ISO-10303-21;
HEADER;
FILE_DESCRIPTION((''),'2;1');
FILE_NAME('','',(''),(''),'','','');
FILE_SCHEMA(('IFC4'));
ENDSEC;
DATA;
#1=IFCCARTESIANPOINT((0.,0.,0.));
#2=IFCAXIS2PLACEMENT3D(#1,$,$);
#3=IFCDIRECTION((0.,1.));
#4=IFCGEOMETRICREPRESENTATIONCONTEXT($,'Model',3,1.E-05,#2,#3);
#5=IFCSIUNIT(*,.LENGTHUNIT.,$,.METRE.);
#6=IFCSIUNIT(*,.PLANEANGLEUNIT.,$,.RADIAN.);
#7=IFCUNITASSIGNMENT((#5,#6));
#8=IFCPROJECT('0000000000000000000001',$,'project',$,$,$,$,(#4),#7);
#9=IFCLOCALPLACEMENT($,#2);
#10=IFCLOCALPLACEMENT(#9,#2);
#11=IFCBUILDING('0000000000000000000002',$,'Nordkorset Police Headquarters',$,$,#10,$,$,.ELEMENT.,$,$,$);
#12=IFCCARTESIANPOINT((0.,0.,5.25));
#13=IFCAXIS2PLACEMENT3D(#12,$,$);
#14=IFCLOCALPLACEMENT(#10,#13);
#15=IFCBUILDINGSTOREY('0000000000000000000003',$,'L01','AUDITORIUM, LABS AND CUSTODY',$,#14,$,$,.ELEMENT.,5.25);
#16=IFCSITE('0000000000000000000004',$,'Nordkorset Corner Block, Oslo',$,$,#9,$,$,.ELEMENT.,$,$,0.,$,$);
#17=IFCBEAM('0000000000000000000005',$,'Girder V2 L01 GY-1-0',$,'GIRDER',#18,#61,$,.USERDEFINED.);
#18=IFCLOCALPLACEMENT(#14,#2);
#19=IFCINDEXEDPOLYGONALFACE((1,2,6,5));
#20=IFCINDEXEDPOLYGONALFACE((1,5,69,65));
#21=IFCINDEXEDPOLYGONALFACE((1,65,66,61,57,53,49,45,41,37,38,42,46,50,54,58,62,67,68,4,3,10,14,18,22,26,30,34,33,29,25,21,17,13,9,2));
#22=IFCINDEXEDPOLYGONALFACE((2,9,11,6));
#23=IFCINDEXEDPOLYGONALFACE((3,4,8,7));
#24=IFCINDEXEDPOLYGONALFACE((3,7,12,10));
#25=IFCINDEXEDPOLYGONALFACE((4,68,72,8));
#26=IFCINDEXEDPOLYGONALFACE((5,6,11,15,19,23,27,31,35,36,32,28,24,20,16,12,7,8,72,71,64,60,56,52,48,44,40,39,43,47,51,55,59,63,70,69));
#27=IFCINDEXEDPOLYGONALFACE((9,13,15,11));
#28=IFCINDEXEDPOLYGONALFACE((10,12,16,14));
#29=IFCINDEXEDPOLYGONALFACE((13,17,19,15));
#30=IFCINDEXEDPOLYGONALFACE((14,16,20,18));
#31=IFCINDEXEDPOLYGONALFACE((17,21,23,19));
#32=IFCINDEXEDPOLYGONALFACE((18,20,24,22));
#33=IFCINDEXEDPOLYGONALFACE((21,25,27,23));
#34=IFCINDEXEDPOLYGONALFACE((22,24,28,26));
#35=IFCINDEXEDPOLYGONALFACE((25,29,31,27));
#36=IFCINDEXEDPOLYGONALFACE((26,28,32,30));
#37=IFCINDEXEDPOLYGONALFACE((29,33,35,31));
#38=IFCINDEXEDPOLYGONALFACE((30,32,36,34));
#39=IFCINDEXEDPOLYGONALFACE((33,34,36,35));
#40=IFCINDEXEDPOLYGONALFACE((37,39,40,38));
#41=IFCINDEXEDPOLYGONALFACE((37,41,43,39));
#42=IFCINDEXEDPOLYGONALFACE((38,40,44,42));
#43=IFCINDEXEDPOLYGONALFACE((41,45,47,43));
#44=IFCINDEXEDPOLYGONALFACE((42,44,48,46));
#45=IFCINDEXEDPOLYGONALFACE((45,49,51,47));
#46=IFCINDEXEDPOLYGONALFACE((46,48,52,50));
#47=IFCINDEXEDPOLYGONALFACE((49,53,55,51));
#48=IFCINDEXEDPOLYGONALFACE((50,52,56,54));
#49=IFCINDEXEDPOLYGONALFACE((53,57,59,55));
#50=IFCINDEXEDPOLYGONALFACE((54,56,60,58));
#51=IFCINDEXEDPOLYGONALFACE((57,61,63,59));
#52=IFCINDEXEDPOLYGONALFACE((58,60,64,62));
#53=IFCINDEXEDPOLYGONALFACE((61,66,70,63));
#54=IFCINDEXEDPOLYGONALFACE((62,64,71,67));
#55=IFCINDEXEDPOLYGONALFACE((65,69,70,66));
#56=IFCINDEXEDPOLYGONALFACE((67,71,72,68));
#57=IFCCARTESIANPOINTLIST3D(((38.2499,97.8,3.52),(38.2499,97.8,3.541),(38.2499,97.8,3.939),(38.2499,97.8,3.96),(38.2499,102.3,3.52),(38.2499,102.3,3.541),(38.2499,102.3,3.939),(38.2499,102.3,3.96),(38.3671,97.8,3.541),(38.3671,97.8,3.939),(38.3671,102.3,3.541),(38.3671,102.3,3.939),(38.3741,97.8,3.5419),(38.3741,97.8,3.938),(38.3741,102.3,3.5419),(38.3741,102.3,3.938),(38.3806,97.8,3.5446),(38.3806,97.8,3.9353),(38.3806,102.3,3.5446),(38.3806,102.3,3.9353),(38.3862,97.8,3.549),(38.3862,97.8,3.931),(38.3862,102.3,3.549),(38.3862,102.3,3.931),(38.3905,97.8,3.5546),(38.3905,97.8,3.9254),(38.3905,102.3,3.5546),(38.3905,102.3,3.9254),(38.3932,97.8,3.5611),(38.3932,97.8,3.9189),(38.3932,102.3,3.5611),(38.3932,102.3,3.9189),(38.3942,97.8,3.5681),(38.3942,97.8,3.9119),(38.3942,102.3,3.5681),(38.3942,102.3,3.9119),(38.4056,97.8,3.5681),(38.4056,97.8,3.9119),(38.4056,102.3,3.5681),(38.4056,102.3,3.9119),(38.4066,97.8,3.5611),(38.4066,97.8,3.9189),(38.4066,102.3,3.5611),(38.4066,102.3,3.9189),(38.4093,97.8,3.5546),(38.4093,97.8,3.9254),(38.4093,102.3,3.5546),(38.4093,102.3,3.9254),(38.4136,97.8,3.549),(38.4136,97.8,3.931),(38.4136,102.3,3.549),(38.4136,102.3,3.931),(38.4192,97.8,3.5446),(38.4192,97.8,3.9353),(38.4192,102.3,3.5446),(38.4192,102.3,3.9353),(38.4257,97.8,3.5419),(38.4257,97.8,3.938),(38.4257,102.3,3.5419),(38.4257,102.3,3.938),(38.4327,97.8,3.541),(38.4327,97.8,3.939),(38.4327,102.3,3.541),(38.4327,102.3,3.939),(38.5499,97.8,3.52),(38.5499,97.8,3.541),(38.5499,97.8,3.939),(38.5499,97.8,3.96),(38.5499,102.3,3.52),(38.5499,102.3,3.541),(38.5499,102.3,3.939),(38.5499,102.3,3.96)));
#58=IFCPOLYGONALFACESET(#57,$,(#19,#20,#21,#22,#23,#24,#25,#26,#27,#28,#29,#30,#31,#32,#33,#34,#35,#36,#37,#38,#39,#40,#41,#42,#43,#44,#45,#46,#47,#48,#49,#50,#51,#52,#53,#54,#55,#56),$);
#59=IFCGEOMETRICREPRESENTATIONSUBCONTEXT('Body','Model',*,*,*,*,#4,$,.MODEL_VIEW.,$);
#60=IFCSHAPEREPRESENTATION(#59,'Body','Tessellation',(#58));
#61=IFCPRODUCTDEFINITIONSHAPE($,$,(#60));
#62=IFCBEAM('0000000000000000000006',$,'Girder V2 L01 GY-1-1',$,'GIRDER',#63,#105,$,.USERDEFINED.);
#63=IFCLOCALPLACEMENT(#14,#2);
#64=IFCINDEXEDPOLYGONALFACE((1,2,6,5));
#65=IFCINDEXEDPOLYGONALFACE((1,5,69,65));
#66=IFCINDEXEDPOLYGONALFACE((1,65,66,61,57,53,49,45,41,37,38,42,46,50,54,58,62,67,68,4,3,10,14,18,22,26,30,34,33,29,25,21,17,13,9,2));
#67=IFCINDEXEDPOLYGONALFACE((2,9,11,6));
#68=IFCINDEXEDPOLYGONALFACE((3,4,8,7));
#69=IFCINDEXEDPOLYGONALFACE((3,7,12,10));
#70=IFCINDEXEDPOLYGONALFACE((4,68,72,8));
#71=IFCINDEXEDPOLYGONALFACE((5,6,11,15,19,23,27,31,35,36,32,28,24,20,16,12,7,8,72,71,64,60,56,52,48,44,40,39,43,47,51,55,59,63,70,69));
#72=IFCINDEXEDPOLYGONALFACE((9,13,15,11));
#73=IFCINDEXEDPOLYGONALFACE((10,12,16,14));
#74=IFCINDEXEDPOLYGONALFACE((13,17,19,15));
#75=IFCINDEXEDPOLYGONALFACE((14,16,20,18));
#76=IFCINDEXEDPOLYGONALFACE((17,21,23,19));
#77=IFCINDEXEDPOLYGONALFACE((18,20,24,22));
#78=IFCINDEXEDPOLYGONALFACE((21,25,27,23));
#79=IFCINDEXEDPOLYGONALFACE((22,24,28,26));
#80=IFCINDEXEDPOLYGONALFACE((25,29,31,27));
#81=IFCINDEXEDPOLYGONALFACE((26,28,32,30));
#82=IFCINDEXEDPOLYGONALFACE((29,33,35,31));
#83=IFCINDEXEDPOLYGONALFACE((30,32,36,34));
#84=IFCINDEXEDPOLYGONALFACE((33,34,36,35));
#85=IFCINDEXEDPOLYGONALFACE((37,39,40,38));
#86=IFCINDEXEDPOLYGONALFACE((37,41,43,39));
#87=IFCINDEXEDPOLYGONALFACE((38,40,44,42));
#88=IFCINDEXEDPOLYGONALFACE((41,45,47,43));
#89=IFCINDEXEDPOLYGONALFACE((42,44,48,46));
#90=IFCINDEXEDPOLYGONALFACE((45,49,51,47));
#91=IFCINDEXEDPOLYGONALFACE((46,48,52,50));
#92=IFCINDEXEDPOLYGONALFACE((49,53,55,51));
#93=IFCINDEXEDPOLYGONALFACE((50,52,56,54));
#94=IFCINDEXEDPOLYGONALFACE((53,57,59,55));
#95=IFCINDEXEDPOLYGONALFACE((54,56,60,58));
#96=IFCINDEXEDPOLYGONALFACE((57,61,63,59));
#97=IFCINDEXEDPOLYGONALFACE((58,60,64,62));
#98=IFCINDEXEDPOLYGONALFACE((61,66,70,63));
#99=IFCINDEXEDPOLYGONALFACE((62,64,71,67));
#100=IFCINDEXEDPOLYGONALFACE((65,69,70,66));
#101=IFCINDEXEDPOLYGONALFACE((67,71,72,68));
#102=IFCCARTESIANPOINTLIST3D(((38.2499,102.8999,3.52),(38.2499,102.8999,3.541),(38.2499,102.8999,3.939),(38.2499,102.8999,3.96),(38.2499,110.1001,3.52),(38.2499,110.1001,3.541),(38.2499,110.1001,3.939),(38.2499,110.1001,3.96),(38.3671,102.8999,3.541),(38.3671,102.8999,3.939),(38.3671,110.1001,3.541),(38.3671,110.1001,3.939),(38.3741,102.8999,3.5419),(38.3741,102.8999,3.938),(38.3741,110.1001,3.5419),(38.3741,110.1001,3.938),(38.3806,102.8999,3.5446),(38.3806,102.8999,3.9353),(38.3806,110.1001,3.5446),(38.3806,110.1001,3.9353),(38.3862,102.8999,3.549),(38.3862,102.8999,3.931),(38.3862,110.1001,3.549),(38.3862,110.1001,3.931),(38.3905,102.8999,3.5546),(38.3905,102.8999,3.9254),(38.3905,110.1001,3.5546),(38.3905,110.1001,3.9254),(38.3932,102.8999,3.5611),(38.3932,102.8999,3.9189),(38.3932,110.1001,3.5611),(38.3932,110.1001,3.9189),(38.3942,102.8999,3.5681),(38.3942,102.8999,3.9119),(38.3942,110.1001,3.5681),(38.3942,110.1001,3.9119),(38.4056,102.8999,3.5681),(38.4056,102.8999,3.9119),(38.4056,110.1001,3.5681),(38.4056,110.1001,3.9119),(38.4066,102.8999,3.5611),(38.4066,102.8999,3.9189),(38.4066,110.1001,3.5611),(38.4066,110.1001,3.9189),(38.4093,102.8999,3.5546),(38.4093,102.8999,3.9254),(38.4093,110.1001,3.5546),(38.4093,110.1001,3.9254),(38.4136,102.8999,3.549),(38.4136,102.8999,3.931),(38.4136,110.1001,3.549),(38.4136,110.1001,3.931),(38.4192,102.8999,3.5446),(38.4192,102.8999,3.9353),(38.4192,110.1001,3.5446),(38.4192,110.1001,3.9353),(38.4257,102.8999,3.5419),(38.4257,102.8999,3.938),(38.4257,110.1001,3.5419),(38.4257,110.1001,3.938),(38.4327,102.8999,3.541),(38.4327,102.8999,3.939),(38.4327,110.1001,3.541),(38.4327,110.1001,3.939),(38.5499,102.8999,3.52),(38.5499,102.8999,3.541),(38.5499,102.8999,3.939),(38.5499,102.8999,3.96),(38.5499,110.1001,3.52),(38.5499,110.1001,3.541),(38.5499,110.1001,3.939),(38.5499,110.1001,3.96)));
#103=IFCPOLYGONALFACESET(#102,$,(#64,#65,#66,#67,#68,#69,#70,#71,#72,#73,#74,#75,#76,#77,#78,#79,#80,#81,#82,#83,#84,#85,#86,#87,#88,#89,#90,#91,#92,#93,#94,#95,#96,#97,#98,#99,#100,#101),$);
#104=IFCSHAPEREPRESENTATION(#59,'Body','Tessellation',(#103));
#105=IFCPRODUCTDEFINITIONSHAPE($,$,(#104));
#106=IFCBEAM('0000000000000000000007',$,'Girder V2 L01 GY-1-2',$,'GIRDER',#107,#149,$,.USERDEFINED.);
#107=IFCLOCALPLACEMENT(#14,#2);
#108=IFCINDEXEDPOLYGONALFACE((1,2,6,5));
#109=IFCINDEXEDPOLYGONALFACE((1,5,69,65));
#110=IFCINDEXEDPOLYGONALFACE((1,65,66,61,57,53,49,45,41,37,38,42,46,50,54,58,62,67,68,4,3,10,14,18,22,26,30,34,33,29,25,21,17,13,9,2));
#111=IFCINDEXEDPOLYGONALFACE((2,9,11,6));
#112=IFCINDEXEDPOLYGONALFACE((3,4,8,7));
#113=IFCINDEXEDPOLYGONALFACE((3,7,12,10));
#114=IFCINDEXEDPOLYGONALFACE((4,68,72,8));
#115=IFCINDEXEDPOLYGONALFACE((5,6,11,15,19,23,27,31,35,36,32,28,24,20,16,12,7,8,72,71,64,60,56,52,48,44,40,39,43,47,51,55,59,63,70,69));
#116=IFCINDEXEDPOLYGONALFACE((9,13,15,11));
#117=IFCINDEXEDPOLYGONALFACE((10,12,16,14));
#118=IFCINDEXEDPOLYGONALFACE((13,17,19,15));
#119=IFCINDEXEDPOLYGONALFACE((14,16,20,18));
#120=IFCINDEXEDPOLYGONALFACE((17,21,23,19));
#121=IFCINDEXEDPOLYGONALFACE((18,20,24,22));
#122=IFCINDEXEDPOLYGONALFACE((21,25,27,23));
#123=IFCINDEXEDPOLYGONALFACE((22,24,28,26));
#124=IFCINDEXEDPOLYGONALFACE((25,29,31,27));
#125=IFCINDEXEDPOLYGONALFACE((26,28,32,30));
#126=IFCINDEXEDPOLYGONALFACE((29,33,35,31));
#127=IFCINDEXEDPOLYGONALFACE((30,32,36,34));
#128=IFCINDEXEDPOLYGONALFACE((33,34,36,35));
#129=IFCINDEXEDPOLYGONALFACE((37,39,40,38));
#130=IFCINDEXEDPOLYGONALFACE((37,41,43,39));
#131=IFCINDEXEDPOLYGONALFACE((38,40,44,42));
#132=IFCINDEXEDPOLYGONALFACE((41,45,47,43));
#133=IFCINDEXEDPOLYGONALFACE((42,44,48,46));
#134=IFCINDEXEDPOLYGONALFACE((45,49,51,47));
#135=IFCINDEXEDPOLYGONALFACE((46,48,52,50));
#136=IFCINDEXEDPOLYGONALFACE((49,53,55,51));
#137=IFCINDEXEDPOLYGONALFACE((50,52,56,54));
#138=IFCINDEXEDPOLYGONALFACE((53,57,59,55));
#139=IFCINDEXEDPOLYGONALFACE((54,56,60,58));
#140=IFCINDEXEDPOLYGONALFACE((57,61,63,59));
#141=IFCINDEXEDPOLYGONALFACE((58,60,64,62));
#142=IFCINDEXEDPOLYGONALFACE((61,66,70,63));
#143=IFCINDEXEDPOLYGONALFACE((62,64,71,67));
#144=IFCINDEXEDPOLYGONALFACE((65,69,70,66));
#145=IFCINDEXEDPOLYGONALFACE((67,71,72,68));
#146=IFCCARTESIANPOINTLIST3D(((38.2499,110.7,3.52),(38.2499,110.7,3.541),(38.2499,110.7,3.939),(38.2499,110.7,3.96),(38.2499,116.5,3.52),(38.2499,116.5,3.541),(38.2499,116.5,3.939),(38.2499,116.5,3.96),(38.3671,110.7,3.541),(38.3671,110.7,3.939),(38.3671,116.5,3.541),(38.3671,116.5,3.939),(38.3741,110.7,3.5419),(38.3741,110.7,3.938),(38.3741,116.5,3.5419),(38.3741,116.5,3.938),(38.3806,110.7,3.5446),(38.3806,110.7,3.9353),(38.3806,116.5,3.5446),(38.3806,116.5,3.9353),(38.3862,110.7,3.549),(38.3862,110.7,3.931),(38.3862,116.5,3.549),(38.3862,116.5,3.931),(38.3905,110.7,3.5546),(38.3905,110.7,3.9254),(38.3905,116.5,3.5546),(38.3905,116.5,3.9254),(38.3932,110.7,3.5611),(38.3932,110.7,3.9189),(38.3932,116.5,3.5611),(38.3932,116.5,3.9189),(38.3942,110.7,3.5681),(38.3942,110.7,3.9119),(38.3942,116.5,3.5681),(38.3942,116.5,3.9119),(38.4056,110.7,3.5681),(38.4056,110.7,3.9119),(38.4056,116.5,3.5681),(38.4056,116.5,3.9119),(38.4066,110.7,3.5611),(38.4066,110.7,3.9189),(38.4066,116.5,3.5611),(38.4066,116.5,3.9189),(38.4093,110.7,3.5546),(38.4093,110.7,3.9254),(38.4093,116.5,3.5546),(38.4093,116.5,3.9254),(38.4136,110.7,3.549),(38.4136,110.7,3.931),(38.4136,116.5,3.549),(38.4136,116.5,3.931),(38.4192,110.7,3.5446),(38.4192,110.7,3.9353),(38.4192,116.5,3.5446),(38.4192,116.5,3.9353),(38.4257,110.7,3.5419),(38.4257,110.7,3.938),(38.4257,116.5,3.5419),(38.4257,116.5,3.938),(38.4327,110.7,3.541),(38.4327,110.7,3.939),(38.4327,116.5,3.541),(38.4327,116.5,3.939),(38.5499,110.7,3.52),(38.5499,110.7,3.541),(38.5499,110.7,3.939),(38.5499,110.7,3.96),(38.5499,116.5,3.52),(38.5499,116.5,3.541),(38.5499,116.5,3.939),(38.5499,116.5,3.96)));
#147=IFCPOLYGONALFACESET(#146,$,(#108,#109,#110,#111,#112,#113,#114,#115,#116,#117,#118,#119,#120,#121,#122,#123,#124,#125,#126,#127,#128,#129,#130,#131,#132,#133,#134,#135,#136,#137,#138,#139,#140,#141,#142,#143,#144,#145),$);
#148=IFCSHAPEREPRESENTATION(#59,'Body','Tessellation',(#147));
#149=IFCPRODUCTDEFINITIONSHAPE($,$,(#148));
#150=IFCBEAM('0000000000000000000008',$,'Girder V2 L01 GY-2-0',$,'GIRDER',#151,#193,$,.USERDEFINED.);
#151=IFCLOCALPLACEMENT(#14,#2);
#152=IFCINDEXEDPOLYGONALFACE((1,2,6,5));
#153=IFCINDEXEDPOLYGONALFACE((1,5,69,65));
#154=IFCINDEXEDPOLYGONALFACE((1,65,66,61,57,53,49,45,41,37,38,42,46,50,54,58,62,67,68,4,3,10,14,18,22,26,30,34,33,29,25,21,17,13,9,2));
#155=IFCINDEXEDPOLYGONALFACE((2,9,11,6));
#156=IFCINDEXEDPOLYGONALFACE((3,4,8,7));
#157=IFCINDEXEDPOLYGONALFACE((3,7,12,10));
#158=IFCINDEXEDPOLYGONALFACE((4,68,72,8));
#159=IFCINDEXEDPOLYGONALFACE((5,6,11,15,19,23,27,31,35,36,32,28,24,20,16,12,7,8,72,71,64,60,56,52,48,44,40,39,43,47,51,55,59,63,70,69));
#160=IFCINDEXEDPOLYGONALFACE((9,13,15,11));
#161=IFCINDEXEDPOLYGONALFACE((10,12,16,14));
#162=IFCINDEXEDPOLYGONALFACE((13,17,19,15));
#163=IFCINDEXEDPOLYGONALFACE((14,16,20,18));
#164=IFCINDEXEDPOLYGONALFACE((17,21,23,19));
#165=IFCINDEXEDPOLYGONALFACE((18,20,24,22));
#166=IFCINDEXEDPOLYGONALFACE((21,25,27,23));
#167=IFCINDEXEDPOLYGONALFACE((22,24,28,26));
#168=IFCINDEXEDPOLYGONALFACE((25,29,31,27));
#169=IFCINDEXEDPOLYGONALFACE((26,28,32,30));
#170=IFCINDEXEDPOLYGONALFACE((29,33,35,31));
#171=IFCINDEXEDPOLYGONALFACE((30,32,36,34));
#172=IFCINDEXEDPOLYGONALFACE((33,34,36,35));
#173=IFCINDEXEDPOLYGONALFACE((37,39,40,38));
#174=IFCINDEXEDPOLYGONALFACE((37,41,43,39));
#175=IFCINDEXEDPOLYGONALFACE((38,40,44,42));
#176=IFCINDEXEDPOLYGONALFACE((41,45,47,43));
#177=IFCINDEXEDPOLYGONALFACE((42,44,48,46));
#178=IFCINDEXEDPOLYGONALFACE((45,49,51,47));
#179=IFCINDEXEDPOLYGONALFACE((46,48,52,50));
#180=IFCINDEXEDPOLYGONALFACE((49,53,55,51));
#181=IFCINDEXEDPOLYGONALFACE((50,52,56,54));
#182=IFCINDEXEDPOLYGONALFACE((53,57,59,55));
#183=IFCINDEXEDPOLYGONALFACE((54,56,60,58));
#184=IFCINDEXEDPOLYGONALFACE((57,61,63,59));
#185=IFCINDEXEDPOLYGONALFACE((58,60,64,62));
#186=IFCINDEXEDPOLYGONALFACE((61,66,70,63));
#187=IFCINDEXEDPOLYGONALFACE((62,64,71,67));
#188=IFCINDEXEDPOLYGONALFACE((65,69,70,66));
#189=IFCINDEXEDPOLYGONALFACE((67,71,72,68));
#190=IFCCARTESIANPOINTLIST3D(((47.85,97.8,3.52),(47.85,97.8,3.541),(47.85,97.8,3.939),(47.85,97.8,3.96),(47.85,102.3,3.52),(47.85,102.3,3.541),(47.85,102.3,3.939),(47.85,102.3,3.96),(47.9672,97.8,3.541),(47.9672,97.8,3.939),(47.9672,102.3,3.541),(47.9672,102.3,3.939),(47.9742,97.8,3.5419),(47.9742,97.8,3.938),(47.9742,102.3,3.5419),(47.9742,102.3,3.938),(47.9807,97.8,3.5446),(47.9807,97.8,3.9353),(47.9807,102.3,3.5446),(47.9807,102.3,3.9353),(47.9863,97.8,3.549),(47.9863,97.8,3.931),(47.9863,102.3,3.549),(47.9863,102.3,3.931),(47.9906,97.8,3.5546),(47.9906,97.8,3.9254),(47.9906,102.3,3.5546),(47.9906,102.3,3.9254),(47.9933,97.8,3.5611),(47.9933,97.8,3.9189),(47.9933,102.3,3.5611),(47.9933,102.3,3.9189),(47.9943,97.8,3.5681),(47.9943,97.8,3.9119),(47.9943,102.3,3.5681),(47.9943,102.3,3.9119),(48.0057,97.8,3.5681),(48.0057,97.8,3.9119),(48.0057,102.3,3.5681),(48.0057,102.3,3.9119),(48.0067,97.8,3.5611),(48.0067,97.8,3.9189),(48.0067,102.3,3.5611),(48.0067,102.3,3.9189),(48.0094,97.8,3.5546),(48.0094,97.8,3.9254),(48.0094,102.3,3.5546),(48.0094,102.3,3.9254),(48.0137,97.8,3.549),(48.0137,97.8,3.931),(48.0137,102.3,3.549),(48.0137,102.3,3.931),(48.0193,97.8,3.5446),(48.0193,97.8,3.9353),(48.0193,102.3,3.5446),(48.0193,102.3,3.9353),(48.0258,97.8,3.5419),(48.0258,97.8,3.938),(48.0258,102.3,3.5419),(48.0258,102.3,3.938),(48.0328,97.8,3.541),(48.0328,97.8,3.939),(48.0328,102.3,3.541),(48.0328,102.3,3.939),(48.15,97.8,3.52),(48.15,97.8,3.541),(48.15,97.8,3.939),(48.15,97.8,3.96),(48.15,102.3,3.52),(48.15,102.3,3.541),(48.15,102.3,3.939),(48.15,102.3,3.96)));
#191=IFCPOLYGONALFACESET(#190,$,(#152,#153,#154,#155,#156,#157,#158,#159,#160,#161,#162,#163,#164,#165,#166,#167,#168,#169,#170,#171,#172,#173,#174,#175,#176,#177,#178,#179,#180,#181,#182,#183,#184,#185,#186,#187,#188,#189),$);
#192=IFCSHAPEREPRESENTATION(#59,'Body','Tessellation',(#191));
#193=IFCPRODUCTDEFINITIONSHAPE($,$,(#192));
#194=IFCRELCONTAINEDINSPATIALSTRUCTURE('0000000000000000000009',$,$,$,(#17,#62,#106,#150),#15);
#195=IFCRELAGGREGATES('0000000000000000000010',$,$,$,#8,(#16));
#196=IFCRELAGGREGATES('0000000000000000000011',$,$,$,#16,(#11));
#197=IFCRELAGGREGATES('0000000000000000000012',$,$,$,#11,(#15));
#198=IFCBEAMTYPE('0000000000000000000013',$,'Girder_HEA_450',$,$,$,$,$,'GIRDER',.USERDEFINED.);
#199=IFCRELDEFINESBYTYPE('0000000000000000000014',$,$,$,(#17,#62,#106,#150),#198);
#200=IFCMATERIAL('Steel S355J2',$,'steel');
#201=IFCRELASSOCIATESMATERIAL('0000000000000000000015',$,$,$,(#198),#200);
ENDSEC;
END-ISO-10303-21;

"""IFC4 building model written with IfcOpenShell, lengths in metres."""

from ifc_helpers import new_model, si_unit, direction, frame, origin, origin_2d, place, context, subcontext, project, spatial, i_section, extrude, material, material_profile, profile_set, type_object, element, save


model = new_model("IFC4")

# Units and contexts
model_context = context("Model", 3, precision=1e-05, world=origin(), true_north=direction((0.0, 1.0)))
body_context = subcontext(model_context, "Body", "Model", "MODEL_VIEW")
ifc_project = project(units=[si_unit("LENGTHUNIT", "METRE"), si_unit("PLANEANGLEUNIT", "RADIAN")], contexts=[model_context])

# Site, building, storey
site_placement = place(None, origin())
site = spatial("IfcSite", under=ifc_project, at=site_placement, Name="Nordkorset Corner Block, Oslo", CompositionType="ELEMENT", RefElevation=0.0)
building_placement = place(site_placement, origin())
building = spatial("IfcBuilding", under=site, at=building_placement, Name="Nordkorset Police Headquarters", CompositionType="ELEMENT")
storey_placement = place(building_placement, frame((0.0, 0.0, 5.25)))
storey = spatial("IfcBuildingStorey", under=building, at=storey_placement, Name="L01", Description="AUDITORIUM, LABS AND CUSTODY", CompositionType="ELEMENT", Elevation=5.25)

# Beams
ifc_material_1 = material(Name="Steel S355J2", Category="steel")
ifc_material_profile_1 = material_profile(ifc_material_1, i_section(OverallWidth=0.3, OverallDepth=0.4399, WebThickness=0.0115, FlangeThickness=0.021, FilletRadius=0.0271, at=origin_2d()), Name="HEA 450")
ifc_profile_set_1 = profile_set([ifc_material_profile_1], Name="Steel S355J2")
beam_type_1 = type_object("IfcBeamType", Name="Girder_HEA_450", ElementType="GIRDER", PredefinedType="USERDEFINED", material=ifc_profile_set_1)
beam_1_placement = place(storey_placement, frame((38.3999, 97.8, 3.74), z_axis=(0.0, 1.0, 0.0), x_axis=(-1.0, 0.0, 0.0)))
element("IfcBeam", 1, at=beam_1_placement, inside=storey, type_object=beam_type_1, Name="Girder V2 L01 GY-1-0", ObjectType="GIRDER", PredefinedType="USERDEFINED", context=body_context, shape_type="SweptSolid", body=[
    extrude(i_section(OverallWidth=0.3, OverallDepth=0.4399, WebThickness=0.0115, FlangeThickness=0.021, FilletRadius=0.0271, at=origin_2d()), origin(), (0.0, 0.0, 1.0), 4.5),
])
beam_2_placement = place(storey_placement, frame((38.3999, 102.8999, 3.74), z_axis=(0.0, 1.0, 0.0), x_axis=(-1.0, 0.0, 0.0)))
element("IfcBeam", 2, at=beam_2_placement, inside=storey, type_object=beam_type_1, Name="Girder V2 L01 GY-1-1", ObjectType="GIRDER", PredefinedType="USERDEFINED", context=body_context, shape_type="SweptSolid", body=[
    extrude(i_section(OverallWidth=0.3, OverallDepth=0.4399, WebThickness=0.0115, FlangeThickness=0.021, FilletRadius=0.0271, at=origin_2d()), origin(), (0.0, 0.0, 1.0), 7.2002),
])
beam_3_placement = place(storey_placement, frame((38.3999, 110.7, 3.74), z_axis=(0.0, 1.0, 0.0), x_axis=(-1.0, 0.0, 0.0)))
element("IfcBeam", 3, at=beam_3_placement, inside=storey, type_object=beam_type_1, Name="Girder V2 L01 GY-1-2", ObjectType="GIRDER", PredefinedType="USERDEFINED", context=body_context, shape_type="SweptSolid", body=[
    extrude(i_section(OverallWidth=0.3, OverallDepth=0.4399, WebThickness=0.0115, FlangeThickness=0.021, FilletRadius=0.0271, at=origin_2d()), origin(), (0.0, 0.0, 1.0), 5.8),
])
beam_4_placement = place(storey_placement, frame((48.0, 97.8, 3.74), z_axis=(0.0, 1.0, 0.0), x_axis=(-1.0, 0.0, 0.0)))
element("IfcBeam", 4, at=beam_4_placement, inside=storey, type_object=beam_type_1, Name="Girder V2 L01 GY-2-0", ObjectType="GIRDER", PredefinedType="USERDEFINED", context=body_context, shape_type="SweptSolid", body=[
    extrude(i_section(OverallWidth=0.3, OverallDepth=0.4399, WebThickness=0.0115, FlangeThickness=0.021, FilletRadius=0.0271, at=origin_2d()), origin(), (0.0, 0.0, 1.0), 4.5),
])

save(model, "model.ifc")
